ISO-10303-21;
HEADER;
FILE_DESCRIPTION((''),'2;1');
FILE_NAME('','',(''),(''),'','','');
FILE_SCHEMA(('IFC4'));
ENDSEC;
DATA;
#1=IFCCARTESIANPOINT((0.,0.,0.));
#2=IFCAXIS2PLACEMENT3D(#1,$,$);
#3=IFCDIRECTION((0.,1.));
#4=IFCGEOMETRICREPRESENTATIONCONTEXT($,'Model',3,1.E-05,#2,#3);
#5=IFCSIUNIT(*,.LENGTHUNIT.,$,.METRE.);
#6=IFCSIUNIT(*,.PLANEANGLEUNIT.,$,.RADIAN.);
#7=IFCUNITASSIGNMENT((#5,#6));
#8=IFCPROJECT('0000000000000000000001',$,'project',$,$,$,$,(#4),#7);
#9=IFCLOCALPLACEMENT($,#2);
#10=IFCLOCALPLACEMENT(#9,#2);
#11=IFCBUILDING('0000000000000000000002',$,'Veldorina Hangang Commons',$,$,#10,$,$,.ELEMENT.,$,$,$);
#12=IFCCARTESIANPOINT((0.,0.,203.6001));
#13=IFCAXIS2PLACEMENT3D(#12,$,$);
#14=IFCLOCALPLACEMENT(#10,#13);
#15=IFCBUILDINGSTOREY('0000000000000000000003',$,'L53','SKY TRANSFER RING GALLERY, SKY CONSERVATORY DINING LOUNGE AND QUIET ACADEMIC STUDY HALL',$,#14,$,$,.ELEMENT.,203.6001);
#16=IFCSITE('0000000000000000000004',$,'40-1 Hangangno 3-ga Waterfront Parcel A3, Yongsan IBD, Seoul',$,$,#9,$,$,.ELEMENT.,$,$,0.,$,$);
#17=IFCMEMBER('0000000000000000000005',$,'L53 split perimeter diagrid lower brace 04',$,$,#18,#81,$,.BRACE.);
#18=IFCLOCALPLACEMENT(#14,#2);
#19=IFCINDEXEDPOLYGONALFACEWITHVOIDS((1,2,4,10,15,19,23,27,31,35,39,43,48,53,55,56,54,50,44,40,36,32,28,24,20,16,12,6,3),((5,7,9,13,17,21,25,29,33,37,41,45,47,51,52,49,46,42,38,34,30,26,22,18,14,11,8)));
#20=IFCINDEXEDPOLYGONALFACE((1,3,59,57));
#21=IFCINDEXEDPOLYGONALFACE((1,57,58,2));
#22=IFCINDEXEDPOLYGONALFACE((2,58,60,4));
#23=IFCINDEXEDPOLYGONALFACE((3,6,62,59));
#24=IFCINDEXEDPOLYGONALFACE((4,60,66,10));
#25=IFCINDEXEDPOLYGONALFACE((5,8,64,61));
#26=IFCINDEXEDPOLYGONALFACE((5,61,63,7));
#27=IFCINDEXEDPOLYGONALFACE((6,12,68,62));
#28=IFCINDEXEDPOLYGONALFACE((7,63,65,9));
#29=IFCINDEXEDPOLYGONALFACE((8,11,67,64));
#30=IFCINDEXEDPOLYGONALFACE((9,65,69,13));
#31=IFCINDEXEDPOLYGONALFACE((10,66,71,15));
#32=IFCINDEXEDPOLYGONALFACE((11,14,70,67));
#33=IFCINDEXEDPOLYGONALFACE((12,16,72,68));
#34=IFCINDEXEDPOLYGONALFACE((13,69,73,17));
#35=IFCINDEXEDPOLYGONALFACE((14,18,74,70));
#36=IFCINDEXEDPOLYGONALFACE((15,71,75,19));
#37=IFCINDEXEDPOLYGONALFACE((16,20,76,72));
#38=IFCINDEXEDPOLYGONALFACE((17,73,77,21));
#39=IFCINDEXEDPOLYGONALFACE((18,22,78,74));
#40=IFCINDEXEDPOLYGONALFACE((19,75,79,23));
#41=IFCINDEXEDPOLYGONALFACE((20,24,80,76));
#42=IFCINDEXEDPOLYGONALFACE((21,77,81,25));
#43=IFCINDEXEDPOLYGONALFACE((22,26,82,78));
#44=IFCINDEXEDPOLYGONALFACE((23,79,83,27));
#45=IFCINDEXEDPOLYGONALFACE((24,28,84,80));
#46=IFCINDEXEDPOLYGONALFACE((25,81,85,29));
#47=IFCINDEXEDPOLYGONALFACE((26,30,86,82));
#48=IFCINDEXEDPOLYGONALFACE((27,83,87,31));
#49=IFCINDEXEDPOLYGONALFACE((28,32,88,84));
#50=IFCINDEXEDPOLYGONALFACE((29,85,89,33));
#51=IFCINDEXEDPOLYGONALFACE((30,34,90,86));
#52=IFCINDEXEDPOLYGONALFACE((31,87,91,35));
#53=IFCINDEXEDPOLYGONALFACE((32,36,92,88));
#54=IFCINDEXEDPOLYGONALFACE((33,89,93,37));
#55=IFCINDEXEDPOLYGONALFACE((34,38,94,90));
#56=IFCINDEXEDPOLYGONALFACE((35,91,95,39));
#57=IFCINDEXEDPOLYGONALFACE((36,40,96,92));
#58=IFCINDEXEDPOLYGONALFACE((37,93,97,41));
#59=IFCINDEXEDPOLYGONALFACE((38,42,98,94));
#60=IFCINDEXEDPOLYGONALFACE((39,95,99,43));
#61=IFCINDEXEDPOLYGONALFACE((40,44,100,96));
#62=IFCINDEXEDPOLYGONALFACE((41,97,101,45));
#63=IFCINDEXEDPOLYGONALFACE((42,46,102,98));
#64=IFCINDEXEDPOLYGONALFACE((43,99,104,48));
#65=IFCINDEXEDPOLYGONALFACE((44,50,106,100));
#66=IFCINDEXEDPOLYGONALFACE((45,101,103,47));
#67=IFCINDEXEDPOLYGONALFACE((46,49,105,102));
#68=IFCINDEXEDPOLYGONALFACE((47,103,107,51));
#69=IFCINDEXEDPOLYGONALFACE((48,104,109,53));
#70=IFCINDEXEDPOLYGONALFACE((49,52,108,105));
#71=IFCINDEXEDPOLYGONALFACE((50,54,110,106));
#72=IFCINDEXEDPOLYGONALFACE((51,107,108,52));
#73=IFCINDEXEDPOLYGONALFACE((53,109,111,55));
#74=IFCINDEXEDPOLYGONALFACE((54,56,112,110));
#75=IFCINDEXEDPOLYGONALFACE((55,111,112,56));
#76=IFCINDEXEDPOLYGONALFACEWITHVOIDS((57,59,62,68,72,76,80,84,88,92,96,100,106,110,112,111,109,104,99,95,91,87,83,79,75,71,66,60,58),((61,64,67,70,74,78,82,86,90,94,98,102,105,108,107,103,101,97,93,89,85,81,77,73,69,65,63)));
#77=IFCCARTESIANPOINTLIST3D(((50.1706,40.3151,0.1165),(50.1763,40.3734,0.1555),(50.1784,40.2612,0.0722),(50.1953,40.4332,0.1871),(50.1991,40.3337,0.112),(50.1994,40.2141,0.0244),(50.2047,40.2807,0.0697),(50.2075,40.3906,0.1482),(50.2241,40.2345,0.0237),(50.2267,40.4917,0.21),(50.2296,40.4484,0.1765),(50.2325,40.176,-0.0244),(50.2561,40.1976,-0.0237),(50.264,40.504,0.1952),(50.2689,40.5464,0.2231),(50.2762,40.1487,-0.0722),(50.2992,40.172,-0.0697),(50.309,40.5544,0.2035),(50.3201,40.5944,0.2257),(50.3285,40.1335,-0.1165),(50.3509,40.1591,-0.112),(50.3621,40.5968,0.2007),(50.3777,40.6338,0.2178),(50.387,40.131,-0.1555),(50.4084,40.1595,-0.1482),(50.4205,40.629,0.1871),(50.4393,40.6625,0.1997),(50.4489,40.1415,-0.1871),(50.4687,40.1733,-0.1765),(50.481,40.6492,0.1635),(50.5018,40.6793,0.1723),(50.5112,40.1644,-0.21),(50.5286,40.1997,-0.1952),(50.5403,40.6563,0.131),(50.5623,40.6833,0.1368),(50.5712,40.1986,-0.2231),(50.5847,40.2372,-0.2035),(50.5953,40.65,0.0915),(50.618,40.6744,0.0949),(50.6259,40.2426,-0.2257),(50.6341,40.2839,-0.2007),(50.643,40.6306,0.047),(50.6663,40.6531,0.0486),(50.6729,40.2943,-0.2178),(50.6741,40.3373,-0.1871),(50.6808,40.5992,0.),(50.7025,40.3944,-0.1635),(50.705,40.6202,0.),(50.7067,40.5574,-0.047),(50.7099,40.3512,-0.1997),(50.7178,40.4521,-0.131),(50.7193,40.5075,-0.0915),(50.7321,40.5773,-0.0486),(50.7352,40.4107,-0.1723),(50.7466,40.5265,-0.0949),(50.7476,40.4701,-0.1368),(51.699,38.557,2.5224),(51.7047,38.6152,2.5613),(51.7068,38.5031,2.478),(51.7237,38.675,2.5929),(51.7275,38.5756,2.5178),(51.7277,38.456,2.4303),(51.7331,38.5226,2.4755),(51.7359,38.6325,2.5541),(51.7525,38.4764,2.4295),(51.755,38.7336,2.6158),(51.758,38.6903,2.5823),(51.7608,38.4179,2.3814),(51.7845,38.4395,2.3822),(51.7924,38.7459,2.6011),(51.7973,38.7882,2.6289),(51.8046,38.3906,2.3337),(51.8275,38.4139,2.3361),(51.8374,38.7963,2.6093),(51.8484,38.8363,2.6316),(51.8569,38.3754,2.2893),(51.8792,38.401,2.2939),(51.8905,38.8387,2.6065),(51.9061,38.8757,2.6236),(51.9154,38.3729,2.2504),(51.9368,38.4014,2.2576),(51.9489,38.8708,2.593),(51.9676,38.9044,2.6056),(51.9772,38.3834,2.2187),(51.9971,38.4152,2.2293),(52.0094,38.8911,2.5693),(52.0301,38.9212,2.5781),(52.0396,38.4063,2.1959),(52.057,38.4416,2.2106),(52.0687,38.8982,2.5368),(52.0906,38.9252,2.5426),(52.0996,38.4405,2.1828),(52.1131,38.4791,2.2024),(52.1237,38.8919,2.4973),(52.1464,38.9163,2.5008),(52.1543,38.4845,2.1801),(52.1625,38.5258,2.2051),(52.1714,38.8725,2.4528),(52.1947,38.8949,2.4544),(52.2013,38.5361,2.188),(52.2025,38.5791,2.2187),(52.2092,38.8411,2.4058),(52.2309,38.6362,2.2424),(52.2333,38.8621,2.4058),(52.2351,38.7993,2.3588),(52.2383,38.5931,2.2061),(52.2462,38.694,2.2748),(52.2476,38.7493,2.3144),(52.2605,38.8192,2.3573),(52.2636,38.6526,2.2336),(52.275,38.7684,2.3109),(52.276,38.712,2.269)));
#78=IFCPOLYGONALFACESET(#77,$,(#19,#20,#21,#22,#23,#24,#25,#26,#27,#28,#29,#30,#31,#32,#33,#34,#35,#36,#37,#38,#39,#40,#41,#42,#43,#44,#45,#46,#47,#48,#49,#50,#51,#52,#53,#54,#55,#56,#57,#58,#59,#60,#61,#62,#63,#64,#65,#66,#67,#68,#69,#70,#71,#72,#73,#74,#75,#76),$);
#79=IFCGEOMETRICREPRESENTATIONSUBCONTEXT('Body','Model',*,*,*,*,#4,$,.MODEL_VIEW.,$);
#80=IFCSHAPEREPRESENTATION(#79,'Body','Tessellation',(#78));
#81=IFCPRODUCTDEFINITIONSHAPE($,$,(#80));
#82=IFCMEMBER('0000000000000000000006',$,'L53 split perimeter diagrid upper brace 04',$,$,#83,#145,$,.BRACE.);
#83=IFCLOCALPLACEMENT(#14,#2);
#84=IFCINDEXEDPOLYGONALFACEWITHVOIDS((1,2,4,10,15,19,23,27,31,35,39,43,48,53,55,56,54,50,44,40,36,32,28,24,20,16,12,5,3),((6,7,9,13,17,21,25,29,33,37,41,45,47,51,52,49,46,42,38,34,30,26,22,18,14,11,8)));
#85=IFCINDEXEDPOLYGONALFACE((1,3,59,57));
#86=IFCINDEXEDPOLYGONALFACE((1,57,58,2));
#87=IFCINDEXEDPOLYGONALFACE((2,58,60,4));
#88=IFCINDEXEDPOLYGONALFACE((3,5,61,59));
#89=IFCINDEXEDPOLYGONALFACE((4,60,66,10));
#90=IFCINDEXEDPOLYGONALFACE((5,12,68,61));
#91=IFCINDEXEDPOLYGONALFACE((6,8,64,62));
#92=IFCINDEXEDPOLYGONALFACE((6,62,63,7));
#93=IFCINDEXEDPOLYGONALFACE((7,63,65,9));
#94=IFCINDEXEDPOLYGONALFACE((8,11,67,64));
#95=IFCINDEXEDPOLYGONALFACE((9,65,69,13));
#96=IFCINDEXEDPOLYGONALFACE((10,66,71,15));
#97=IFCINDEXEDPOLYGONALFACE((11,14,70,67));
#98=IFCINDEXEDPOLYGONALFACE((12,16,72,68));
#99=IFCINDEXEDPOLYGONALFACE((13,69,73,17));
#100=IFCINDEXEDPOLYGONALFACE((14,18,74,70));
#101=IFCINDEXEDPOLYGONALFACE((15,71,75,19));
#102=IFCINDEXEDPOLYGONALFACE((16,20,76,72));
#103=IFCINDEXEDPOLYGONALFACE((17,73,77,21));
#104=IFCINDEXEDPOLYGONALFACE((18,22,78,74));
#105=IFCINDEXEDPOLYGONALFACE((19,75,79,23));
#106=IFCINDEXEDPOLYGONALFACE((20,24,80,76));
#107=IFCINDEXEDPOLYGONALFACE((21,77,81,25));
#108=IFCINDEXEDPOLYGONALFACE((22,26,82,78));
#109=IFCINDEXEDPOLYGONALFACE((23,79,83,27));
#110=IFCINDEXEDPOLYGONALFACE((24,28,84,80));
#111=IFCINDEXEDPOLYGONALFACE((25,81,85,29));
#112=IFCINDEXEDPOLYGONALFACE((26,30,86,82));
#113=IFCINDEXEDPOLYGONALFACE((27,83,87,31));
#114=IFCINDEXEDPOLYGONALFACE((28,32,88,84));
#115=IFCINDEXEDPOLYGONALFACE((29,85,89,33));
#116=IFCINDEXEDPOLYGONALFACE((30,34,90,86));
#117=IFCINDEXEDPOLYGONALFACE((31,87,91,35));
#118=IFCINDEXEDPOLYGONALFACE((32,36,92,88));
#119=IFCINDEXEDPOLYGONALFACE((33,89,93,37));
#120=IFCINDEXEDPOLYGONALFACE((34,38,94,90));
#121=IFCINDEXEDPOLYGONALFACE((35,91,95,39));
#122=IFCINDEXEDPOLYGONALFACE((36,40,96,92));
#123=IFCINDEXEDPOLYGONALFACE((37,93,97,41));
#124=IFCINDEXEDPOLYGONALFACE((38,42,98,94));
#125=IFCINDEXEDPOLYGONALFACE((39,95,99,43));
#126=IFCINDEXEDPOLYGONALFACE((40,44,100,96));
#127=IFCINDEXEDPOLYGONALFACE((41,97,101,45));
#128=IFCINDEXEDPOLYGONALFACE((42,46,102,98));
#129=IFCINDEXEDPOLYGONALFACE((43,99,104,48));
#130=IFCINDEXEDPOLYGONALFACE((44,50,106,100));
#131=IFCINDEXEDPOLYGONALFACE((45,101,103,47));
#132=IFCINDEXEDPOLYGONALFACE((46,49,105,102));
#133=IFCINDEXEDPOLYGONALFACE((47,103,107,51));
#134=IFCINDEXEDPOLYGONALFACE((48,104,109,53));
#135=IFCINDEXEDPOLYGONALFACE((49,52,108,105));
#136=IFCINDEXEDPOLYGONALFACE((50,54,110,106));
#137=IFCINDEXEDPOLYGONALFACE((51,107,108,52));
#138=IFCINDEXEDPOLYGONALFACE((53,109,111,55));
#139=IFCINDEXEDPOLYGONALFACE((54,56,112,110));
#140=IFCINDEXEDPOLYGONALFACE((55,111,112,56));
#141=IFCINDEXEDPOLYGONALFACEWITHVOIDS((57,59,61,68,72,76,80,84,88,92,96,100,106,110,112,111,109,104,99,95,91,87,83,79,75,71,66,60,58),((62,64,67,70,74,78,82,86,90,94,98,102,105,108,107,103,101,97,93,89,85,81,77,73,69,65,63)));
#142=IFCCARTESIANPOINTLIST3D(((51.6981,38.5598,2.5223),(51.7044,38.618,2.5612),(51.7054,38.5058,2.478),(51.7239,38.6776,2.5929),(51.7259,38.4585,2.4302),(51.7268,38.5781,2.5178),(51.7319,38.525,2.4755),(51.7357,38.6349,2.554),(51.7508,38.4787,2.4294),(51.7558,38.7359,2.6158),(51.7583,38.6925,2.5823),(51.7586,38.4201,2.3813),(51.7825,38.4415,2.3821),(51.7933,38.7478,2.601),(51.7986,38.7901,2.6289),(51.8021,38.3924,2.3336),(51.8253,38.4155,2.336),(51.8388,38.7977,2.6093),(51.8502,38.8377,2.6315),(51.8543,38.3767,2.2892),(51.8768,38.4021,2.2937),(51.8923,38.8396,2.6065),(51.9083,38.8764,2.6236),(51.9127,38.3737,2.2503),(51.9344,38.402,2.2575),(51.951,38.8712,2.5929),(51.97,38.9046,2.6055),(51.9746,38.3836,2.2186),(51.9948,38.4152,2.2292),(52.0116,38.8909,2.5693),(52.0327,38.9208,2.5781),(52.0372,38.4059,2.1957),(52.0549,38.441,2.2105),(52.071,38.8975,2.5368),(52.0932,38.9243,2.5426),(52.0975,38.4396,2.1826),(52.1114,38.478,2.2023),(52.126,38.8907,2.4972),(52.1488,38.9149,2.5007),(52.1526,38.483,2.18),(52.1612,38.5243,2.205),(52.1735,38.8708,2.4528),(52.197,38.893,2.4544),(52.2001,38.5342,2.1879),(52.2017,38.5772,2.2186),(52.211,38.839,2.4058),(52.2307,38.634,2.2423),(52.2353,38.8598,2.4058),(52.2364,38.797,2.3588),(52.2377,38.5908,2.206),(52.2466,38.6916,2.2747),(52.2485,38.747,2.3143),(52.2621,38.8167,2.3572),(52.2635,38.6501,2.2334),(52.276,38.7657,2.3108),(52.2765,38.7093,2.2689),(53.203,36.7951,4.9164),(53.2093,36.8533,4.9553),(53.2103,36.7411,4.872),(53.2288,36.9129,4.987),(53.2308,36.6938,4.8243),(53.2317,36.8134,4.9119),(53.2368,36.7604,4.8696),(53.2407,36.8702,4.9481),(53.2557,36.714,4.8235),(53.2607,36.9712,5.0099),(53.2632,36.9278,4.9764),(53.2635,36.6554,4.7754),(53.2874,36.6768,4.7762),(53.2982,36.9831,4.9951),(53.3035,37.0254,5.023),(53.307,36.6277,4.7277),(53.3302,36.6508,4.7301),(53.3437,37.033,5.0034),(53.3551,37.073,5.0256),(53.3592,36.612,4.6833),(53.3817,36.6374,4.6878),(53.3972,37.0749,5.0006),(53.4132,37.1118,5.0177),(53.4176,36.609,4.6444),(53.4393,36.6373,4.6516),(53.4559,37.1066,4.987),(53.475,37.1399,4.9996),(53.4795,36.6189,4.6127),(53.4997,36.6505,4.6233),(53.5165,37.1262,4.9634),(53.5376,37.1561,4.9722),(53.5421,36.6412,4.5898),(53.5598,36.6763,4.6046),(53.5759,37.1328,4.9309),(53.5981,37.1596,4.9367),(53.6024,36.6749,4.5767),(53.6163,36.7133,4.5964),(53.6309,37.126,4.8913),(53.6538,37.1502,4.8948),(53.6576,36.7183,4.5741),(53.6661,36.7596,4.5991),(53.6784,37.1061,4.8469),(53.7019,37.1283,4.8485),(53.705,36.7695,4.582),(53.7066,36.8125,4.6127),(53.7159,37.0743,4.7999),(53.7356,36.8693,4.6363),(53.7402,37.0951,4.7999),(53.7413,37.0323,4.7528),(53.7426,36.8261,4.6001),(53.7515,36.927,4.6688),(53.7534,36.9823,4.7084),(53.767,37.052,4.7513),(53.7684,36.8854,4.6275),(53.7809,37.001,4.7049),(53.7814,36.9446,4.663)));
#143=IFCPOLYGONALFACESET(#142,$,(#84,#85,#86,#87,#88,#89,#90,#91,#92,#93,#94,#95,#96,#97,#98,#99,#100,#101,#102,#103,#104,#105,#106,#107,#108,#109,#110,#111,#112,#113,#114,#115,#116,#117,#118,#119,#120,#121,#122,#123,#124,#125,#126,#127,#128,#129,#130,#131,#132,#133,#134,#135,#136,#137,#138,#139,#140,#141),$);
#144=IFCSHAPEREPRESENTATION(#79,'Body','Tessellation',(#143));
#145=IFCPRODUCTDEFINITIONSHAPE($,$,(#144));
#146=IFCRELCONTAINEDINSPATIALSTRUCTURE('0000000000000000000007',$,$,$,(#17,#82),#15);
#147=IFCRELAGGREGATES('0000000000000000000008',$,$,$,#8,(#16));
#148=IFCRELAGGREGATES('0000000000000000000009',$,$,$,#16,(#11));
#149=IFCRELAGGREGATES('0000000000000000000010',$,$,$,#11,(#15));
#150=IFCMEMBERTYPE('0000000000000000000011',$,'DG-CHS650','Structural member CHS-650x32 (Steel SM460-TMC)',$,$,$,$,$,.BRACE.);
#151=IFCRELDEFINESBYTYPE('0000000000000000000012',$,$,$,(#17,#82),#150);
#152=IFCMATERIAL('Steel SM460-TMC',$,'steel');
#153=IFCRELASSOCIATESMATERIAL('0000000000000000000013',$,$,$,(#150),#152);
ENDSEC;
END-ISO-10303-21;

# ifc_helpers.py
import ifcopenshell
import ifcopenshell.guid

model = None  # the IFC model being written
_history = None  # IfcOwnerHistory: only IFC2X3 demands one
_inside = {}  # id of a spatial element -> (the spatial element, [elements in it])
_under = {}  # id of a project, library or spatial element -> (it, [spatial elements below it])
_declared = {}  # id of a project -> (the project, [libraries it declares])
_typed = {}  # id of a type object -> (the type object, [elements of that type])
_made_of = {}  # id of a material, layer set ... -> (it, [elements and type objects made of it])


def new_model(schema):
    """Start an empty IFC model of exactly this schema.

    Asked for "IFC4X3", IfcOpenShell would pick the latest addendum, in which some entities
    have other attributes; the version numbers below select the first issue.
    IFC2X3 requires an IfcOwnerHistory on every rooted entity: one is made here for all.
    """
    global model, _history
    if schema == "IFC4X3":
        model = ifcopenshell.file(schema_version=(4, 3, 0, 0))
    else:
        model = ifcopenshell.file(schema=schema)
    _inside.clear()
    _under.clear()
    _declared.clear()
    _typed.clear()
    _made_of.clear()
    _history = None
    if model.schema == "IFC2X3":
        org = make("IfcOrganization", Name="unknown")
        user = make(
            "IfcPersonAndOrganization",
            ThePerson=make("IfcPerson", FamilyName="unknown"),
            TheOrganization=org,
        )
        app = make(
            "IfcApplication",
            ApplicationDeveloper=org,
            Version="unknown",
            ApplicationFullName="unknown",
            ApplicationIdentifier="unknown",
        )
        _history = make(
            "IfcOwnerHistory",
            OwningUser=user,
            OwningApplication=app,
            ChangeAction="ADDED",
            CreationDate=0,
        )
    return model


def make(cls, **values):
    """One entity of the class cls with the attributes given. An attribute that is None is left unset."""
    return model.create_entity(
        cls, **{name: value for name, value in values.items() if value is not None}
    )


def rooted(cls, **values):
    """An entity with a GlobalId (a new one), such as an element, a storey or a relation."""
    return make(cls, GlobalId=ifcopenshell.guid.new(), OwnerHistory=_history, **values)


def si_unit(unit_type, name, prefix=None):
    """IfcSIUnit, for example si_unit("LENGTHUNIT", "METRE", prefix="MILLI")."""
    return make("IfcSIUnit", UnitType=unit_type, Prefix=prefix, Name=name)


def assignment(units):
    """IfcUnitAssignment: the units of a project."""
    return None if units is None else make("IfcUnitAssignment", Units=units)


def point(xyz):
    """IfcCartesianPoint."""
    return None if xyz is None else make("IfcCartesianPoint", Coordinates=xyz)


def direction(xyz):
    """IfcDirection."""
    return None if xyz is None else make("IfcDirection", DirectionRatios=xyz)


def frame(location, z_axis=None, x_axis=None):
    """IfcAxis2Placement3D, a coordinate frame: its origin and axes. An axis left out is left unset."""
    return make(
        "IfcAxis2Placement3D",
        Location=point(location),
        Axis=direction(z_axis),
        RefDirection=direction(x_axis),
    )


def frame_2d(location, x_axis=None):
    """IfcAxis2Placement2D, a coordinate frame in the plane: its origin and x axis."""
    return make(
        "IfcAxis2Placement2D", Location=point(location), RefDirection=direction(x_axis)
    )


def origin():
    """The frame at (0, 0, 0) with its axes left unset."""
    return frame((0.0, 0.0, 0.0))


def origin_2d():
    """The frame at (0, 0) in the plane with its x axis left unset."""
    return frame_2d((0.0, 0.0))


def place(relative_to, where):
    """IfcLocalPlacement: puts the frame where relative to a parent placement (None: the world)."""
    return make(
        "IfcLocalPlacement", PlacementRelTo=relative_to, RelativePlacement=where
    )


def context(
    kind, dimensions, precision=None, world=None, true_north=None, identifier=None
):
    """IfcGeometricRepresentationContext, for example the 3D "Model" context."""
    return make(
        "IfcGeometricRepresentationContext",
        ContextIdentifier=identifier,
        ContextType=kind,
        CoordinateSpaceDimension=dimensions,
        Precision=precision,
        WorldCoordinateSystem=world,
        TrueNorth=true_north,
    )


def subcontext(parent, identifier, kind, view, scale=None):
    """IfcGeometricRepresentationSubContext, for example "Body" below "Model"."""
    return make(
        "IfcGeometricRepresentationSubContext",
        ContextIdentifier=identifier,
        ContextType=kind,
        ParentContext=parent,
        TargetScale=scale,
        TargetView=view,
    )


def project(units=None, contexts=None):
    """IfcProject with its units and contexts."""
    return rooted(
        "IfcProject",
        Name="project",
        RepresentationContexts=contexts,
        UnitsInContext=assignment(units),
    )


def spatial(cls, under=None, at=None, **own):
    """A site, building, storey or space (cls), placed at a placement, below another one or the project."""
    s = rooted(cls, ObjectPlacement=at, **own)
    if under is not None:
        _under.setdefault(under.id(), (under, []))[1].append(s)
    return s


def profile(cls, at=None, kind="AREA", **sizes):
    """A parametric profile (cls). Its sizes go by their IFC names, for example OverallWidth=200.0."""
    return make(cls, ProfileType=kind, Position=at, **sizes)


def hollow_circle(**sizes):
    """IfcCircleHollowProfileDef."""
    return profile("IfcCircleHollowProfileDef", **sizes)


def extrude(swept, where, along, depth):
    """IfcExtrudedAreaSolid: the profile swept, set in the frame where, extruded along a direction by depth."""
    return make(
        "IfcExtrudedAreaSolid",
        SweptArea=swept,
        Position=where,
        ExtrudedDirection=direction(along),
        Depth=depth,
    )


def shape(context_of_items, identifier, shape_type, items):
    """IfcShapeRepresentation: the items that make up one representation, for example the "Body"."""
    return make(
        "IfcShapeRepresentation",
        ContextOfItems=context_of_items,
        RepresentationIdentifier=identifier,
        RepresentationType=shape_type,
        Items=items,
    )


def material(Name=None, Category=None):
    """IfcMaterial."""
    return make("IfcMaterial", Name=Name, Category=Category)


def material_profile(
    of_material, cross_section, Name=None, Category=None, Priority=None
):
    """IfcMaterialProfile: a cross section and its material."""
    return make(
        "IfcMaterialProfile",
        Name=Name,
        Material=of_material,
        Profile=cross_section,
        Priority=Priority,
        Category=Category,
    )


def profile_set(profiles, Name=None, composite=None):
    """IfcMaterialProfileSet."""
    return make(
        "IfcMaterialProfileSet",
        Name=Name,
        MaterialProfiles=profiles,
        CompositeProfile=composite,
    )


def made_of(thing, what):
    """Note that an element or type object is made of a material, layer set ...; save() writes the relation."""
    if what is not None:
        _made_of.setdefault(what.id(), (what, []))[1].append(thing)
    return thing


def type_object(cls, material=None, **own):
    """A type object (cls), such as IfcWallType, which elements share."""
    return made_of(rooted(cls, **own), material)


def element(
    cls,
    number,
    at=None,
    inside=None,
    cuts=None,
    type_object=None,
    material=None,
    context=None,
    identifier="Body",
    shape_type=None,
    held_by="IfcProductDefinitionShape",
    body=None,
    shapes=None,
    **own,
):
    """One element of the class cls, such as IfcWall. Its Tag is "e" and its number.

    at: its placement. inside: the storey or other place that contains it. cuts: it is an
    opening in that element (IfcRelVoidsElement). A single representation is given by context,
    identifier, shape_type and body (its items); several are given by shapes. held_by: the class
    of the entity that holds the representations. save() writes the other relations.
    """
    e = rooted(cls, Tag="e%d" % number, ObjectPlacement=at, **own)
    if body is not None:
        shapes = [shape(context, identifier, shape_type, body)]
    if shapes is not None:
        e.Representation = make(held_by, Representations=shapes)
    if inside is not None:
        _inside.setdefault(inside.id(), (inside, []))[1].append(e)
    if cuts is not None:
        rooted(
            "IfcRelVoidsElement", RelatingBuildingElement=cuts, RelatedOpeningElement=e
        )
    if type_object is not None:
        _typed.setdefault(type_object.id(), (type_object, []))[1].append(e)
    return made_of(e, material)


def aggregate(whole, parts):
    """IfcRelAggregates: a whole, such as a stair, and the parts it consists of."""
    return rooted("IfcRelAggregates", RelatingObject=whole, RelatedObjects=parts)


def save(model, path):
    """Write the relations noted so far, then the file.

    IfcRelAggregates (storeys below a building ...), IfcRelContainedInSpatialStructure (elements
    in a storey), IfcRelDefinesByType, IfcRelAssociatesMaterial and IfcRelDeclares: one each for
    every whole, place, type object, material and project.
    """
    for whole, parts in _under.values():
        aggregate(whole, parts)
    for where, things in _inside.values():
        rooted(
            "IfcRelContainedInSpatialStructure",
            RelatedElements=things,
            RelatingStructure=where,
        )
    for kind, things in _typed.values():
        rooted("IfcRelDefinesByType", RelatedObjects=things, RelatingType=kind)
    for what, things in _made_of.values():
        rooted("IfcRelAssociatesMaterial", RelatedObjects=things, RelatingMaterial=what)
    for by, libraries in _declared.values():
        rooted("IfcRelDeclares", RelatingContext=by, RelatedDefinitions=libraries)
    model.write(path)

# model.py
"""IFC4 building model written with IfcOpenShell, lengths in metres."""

from ifc_helpers import new_model, si_unit, direction, frame, origin, origin_2d, place, context, subcontext, project, spatial, hollow_circle, extrude, material, material_profile, profile_set, type_object, element, save


model = new_model("IFC4")

# Units and contexts
model_context = context("Model", 3, precision=1e-05, world=origin(), true_north=direction((0.0, 1.0)))
body_context = subcontext(model_context, "Body", "Model", "MODEL_VIEW")
ifc_project = project(units=[si_unit("LENGTHUNIT", "METRE"), si_unit("PLANEANGLEUNIT", "RADIAN")], contexts=[model_context])

# Site, building, storey
site_placement = place(None, origin())
site = spatial("IfcSite", under=ifc_project, at=site_placement, Name="40-1 Hangangno 3-ga Waterfront Parcel A3, Yongsan IBD, Seoul", CompositionType="ELEMENT", RefElevation=0.0)
building_placement = place(site_placement, origin())
building = spatial("IfcBuilding", under=site, at=building_placement, Name="Veldorina Hangang Commons", CompositionType="ELEMENT")
storey_placement = place(building_placement, frame((0.0, 0.0, 203.6001)))
storey = spatial("IfcBuildingStorey", under=building, at=storey_placement, Name="L53", Description="SKY TRANSFER RING GALLERY, SKY CONSERVATORY DINING LOUNGE AND QUIET ACADEMIC STUDY HALL", CompositionType="ELEMENT", Elevation=203.6001)

# Members
ifc_material_1 = material(Name="Steel SM460-TMC", Category="steel")
ifc_material_profile_1 = material_profile(ifc_material_1, hollow_circle(Radius=0.325, WallThickness=0.032, at=origin_2d()), Name="CHS-650x32")
ifc_profile_set_1 = profile_set([ifc_material_profile_1], Name="Steel SM460-TMC")
member_type_1 = type_object("IfcMemberType", Name="DG-CHS650", Description="Structural member CHS-650x32 (Steel SM460-TMC)", PredefinedType="BRACE", material=ifc_profile_set_1)
member_1_placement = place(storey_placement, frame((50.4597, 40.407, 0.0), z_axis=(0.456384, -0.524987, 0.718403), x_axis=(0.754696, 0.656075, 0.0)))
element("IfcMember", 1, at=member_1_placement, inside=storey, type_object=member_type_1, Name="L53 split perimeter diagrid lower brace 04", PredefinedType="BRACE", context=body_context, shape_type="SweptSolid", body=[
    extrude(hollow_circle(Radius=0.325, WallThickness=0.032, at=origin_2d()), origin(), (0.0, 0.0, 1.0), 3.3489),
])
member_2_placement = place(storey_placement, frame((51.988, 38.6489, 2.4058), z_axis=(0.451485, -0.529419, 0.718246), x_axis=(0.760889, 0.648882, 0.0)))
element("IfcMember", 2, at=member_2_placement, inside=storey, type_object=member_type_1, Name="L53 split perimeter diagrid upper brace 04", PredefinedType="BRACE", context=body_context, shape_type="SweptSolid", body=[
    extrude(hollow_circle(Radius=0.325, WallThickness=0.032, at=origin_2d()), origin(), (0.0, 0.0, 1.0), 3.3333),
])

save(model, "model.ifc")
